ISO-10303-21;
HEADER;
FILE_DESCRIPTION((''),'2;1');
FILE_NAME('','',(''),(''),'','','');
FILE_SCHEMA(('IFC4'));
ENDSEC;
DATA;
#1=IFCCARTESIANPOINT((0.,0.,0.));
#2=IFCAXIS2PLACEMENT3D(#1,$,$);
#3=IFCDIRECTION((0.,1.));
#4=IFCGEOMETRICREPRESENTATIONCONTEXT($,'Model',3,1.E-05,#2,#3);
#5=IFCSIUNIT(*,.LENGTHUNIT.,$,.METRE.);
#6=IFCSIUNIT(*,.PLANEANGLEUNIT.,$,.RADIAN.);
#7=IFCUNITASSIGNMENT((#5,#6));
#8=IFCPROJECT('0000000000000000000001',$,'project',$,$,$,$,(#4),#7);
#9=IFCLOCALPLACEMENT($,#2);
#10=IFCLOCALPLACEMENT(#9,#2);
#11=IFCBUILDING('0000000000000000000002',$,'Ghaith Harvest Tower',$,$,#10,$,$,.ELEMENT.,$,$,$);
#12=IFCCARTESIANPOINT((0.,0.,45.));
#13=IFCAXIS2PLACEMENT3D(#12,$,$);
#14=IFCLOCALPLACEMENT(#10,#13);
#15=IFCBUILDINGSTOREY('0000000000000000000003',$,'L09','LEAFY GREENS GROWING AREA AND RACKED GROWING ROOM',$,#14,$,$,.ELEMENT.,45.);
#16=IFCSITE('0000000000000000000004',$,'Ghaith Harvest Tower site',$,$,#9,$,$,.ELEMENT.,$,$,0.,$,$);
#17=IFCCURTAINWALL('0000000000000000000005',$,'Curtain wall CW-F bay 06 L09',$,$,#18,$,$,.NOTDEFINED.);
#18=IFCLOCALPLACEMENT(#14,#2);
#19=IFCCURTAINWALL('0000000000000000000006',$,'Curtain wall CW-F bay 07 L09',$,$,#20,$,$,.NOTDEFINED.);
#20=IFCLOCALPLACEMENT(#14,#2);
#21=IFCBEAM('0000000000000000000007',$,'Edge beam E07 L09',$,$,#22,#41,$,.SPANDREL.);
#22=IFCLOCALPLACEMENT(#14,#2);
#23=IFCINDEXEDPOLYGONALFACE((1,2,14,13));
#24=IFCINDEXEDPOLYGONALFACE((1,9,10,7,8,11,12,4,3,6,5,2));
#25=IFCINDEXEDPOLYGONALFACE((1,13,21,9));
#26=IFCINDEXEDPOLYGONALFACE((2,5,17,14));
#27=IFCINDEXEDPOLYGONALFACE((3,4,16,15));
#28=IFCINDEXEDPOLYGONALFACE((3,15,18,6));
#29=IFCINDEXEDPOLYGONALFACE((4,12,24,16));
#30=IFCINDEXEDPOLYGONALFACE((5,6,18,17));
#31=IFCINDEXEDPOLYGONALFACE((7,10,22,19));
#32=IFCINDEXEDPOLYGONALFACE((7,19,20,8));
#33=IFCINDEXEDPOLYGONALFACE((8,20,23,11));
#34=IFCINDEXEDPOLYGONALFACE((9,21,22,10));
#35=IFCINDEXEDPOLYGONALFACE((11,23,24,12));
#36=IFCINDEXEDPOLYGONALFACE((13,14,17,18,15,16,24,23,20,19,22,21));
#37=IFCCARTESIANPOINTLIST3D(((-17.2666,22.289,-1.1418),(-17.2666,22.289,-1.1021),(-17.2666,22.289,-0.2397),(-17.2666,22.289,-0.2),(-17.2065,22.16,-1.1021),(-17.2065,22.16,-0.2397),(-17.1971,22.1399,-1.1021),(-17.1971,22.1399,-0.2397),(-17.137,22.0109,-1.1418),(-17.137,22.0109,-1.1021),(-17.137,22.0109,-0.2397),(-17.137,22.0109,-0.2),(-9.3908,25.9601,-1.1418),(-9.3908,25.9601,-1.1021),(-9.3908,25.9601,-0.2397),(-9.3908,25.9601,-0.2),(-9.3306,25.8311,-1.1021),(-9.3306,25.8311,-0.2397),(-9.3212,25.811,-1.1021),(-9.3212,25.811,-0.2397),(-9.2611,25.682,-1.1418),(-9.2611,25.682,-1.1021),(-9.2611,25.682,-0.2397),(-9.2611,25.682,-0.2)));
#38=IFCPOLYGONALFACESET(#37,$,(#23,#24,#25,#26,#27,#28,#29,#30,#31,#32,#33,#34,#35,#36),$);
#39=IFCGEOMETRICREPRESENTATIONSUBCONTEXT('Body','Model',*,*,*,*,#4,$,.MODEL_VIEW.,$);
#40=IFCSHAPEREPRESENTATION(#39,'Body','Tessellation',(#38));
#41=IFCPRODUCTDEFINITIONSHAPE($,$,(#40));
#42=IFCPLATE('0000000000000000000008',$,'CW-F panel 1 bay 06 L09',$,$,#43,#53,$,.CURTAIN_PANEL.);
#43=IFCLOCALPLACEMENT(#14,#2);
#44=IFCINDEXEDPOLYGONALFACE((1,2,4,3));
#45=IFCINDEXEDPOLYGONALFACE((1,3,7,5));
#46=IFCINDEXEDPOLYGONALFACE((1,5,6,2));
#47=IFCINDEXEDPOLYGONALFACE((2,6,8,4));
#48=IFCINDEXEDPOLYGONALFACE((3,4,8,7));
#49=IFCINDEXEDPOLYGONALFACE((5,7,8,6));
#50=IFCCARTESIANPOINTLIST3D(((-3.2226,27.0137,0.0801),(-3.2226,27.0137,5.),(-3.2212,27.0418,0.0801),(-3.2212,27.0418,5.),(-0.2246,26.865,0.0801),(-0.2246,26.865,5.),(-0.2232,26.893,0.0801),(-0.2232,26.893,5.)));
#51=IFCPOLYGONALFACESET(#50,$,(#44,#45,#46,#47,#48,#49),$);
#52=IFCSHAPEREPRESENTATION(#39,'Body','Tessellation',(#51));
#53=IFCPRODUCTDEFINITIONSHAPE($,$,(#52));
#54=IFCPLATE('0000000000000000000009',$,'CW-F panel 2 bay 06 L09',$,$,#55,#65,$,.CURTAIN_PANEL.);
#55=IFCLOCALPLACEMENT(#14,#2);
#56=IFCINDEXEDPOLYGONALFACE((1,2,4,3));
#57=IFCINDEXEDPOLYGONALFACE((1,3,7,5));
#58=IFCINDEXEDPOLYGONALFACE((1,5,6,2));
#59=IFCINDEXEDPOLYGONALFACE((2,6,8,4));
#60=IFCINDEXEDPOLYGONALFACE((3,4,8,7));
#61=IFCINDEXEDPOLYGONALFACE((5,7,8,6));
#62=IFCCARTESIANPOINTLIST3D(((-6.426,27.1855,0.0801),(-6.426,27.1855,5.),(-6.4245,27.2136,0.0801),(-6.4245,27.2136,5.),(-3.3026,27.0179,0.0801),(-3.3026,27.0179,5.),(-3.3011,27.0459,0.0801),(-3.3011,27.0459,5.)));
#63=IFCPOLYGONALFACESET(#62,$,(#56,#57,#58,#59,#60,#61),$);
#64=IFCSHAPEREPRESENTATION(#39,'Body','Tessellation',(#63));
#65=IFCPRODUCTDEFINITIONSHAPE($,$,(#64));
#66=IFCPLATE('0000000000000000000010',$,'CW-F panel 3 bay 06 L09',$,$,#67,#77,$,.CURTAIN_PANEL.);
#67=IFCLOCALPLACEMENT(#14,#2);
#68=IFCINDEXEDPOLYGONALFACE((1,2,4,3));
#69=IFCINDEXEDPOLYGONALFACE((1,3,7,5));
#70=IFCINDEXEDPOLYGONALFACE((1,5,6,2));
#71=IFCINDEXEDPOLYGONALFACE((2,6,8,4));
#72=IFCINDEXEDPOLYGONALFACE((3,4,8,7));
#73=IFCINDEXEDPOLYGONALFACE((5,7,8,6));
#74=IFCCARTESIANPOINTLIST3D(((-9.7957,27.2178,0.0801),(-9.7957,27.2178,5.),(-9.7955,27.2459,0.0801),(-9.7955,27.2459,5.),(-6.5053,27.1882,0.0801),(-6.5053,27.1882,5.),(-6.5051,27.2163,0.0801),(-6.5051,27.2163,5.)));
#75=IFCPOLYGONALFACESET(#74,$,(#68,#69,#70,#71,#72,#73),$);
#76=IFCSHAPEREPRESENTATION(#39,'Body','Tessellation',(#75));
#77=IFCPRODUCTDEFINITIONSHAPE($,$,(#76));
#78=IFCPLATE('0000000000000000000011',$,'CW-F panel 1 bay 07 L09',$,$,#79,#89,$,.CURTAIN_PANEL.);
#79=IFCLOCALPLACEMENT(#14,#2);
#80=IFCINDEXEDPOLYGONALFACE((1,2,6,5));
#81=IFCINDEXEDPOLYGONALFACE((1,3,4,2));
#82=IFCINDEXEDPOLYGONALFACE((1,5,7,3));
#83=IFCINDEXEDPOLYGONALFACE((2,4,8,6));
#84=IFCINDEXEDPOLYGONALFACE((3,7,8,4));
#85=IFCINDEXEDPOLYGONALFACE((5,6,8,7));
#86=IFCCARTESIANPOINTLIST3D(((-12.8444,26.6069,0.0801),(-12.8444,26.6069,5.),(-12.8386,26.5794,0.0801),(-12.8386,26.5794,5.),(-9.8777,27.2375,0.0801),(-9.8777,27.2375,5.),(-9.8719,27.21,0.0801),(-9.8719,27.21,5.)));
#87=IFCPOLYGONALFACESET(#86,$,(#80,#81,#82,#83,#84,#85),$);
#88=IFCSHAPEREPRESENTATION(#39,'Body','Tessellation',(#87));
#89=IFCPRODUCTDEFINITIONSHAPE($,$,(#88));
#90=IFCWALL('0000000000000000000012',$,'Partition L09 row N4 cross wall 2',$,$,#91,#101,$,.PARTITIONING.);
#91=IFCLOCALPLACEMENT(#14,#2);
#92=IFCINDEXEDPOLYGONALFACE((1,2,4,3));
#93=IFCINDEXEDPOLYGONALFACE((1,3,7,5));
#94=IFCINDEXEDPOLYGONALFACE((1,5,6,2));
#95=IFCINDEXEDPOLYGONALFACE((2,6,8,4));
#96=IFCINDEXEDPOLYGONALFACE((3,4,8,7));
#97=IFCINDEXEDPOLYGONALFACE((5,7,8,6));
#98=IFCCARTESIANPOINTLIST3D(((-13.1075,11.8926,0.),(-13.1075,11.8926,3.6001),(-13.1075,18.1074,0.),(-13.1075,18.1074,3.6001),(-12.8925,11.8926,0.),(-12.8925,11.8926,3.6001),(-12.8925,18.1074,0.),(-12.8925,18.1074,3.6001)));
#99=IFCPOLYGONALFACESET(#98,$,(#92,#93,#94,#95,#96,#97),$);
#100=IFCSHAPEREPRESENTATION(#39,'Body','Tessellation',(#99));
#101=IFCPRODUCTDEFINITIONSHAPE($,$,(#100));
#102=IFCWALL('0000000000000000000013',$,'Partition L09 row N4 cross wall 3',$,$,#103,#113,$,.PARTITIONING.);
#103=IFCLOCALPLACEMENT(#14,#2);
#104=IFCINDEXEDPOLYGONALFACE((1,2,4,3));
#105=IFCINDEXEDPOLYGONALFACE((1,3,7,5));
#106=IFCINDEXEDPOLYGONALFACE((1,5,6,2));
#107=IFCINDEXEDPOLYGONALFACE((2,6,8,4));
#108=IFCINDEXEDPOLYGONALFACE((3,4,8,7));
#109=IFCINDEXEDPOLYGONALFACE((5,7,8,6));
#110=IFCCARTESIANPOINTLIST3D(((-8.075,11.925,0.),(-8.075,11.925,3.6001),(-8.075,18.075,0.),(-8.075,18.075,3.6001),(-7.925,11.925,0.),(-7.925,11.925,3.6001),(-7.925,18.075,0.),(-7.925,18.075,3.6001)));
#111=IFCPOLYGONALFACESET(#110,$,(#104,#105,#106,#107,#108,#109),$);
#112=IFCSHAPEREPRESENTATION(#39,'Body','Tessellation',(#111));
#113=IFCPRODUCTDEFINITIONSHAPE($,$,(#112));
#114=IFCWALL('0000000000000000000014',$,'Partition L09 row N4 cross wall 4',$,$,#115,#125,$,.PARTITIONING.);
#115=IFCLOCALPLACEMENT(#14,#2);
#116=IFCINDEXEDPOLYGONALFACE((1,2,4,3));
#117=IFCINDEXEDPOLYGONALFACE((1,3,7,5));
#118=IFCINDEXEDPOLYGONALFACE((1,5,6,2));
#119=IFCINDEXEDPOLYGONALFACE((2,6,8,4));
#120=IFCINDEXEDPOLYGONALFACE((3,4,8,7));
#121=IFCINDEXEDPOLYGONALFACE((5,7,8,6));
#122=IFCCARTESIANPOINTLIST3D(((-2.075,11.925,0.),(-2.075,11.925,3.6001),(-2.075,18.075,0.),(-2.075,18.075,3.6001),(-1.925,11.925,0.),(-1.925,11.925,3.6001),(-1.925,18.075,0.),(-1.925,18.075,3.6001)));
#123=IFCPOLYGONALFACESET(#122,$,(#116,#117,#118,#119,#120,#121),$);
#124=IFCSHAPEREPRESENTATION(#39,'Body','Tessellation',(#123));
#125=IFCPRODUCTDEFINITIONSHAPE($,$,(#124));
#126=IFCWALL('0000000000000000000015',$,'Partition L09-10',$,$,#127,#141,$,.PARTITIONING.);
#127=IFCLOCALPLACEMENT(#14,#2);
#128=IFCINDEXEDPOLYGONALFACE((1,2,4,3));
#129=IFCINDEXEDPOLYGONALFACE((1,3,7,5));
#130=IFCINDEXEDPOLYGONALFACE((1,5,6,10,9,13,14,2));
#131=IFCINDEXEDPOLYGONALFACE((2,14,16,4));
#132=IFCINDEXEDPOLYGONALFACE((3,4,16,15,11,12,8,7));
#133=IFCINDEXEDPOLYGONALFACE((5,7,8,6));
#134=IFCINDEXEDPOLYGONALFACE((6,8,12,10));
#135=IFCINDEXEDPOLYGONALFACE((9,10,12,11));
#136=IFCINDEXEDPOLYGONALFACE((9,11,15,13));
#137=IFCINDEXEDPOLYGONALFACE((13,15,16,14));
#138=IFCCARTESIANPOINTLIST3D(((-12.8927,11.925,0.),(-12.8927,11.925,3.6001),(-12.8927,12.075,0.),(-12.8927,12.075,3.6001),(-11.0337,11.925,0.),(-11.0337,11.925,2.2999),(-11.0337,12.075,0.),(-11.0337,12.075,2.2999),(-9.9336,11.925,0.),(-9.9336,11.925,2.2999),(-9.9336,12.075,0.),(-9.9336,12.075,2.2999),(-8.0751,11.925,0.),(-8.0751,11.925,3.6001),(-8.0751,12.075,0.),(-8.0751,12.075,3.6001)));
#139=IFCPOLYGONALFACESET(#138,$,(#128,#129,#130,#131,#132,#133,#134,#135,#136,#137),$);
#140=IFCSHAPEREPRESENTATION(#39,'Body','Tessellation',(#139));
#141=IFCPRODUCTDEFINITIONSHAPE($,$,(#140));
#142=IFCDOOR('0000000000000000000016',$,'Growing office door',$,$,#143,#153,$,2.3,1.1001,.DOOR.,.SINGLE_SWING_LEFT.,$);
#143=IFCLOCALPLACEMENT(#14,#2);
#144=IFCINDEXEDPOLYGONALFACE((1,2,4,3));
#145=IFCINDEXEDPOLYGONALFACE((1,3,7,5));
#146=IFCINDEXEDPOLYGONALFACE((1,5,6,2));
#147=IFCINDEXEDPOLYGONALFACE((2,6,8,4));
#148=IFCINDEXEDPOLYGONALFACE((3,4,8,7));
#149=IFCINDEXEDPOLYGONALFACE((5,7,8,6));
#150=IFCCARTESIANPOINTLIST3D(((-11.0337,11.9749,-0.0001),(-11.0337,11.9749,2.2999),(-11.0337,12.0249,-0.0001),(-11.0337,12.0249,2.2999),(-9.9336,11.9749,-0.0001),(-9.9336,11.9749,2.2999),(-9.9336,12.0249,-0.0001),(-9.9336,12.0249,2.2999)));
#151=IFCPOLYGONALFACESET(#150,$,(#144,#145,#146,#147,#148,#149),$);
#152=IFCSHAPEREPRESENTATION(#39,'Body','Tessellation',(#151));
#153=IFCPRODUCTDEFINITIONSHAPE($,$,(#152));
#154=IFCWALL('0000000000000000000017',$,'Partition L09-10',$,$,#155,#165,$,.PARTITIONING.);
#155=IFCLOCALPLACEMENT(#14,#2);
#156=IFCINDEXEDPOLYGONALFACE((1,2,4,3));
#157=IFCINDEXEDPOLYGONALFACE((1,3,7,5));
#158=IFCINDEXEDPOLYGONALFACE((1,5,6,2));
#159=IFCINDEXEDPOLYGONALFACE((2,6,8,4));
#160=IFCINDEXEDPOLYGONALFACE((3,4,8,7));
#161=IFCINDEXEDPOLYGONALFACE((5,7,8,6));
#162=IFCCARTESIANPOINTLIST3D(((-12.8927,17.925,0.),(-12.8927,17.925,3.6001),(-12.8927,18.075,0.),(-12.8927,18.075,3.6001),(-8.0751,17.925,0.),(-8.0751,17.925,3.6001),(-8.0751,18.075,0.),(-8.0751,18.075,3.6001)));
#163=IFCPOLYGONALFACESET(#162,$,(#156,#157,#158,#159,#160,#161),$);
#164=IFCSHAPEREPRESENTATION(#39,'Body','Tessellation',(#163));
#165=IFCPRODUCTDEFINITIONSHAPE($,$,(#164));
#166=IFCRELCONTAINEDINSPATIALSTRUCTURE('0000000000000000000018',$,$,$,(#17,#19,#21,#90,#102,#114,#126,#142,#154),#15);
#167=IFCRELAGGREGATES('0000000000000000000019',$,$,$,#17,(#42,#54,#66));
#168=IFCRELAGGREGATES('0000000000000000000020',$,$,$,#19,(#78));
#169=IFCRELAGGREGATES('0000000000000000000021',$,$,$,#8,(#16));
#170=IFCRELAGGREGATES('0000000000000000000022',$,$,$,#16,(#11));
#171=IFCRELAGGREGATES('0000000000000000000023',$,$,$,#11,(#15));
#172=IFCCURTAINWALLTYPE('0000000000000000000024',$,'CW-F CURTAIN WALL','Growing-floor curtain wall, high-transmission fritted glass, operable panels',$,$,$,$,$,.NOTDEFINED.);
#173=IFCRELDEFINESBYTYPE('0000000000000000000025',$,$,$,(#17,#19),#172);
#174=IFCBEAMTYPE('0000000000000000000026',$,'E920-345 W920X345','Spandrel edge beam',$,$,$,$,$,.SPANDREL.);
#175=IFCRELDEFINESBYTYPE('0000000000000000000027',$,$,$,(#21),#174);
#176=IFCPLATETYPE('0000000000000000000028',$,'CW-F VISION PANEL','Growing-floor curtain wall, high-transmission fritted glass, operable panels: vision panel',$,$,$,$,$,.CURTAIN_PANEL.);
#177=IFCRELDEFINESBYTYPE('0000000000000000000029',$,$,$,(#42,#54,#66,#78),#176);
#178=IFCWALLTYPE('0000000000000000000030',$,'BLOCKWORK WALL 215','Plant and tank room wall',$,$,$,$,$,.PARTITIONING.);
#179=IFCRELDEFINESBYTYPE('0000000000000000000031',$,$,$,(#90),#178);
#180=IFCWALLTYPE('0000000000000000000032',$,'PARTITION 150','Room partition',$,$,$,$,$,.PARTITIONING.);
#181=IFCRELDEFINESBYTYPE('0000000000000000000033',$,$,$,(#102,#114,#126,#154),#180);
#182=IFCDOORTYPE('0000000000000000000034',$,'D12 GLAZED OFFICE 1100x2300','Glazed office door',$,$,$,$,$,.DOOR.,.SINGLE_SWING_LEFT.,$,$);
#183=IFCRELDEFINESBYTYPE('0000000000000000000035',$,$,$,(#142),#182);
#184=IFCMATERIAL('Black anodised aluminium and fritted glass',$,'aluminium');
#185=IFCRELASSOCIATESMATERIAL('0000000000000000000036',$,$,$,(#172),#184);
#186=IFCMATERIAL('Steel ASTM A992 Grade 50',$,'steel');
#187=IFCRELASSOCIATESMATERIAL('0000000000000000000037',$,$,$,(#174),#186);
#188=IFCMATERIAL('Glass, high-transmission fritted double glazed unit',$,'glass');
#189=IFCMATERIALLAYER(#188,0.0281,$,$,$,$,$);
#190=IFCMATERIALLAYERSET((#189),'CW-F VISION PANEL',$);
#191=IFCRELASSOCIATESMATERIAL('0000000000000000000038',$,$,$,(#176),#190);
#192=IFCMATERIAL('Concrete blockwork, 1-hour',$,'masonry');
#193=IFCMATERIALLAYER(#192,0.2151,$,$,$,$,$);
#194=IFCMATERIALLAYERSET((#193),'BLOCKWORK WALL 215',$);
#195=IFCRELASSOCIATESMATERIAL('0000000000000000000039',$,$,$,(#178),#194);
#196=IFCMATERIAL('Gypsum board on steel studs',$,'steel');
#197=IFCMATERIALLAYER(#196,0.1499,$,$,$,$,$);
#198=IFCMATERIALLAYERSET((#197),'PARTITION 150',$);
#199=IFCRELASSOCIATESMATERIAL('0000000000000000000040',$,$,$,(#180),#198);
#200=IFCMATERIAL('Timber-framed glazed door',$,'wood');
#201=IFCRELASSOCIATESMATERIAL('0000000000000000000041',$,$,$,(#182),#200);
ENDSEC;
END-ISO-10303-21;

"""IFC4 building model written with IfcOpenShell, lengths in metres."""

from ifc_helpers import new_model, si_unit, direction, frame, frame_2d, origin, origin_2d, place, context, subcontext, project, spatial, rectangle, i_section, extrude, material, layer, layer_set, material_profile, profile_set, type_object, element, fill, aggregate, save


model = new_model("IFC4")

# Units and contexts
model_context = context("Model", 3, precision=1e-05, world=origin(), true_north=direction((0.0, 1.0)))
body_context = subcontext(model_context, "Body", "Model", "MODEL_VIEW")
ifc_project = project(units=[si_unit("LENGTHUNIT", "METRE"), si_unit("PLANEANGLEUNIT", "RADIAN")], contexts=[model_context])

# Site, building, storey
site_placement = place(None, origin())
site = spatial("IfcSite", under=ifc_project, at=site_placement, Name="Ghaith Harvest Tower site", CompositionType="ELEMENT", RefElevation=0.0)
building_placement = place(site_placement, origin())
building = spatial("IfcBuilding", under=site, at=building_placement, Name="Ghaith Harvest Tower", CompositionType="ELEMENT")
storey_placement = place(building_placement, frame((0.0, 0.0, 45.0)))
storey = spatial("IfcBuildingStorey", under=building, at=storey_placement, Name="L09", Description="LEAFY GREENS GROWING AREA AND RACKED GROWING ROOM", CompositionType="ELEMENT", Elevation=45.0)

# Curtain walls
ifc_material_1 = material(Name="Black anodised aluminium and fritted glass", Category="aluminium")
curtain_wall_type = type_object("IfcCurtainWallType", Name="CW-F CURTAIN WALL", Description="Growing-floor curtain wall, high-transmission fritted glass, operable panels", PredefinedType="NOTDEFINED", material=ifc_material_1)
curtain_wall_1_placement = place(storey_placement, origin())
curtain_wall_1 = element("IfcCurtainWall", 1, at=curtain_wall_1_placement, inside=storey, type_object=curtain_wall_type, Name="Curtain wall CW-F bay 06 L09", PredefinedType="NOTDEFINED")
curtain_wall_2_placement = place(storey_placement, origin())
curtain_wall_2 = element("IfcCurtainWall", 2, at=curtain_wall_2_placement, inside=storey, type_object=curtain_wall_type, Name="Curtain wall CW-F bay 07 L09", PredefinedType="NOTDEFINED")

# Beam
ifc_material_2 = material(Name="Steel ASTM A992 Grade 50", Category="steel")
ifc_material_profile_1 = material_profile(ifc_material_2, i_section(OverallWidth=0.3069, OverallDepth=0.9419, WebThickness=0.0222, FlangeThickness=0.0398, at=origin_2d()), Name="W920X345")
ifc_profile_set_1 = profile_set([ifc_material_profile_1], Name="Steel ASTM A992 Grade 50")
beam_type = type_object("IfcBeamType", Name="E920-345 W920X345", Description="Spandrel edge beam", PredefinedType="SPANDREL", material=ifc_profile_set_1)
beam_1_placement = place(storey_placement, frame((-9.3259, 25.821, -0.6709), z_axis=(-0.906373, -0.422478, 0.0), x_axis=(0.422478, -0.906373, 0.0)))
element("IfcBeam", 3, at=beam_1_placement, inside=storey, type_object=beam_type, Name="Edge beam E07 L09", PredefinedType="SPANDREL", context=body_context, shape_type="SweptSolid", body=[
    extrude(i_section(OverallWidth=0.3069, OverallDepth=0.9419, WebThickness=0.0222, FlangeThickness=0.0398, at=origin_2d()), origin(), (0.0, 0.0, 1.0), 8.6895),
])

# Plates
ifc_material_3 = material(Name="Glass, high-transmission fritted double glazed unit", Category="glass")
ifc_layer_1 = layer(ifc_material_3, 0.0281)
ifc_layer_set_1 = layer_set([ifc_layer_1], Name="CW-F VISION PANEL")
plate_type = type_object("IfcPlateType", Name="CW-F VISION PANEL", Description="Growing-floor curtain wall, high-transmission fritted glass, operable panels: vision panel", PredefinedType="CURTAIN_PANEL", material=ifc_layer_set_1)
plate_1_placement = place(storey_placement, frame((-1.7229, 26.9534, 0.0801), z_axis=(0.0, 0.0, 1.0), x_axis=(-0.998771, 0.049554, 0.0)))
plate_1 = element("IfcPlate", 4, at=plate_1_placement, type_object=plate_type, Name="CW-F panel 1 bay 06 L09", PredefinedType="CURTAIN_PANEL", context=body_context, shape_type="SweptSolid", body=[
    extrude(rectangle(XDim=3.0017, YDim=0.0281, at=origin_2d()), origin(), (0.0, 0.0, 1.0), 4.9199),
])
plate_2_placement = place(storey_placement, frame((-4.8635, 27.1157, 0.0801), z_axis=(0.0, 0.0, 1.0), x_axis=(-0.998563, 0.0536, 0.0)))
plate_2 = element("IfcPlate", 5, at=plate_2_placement, type_object=plate_type, Name="CW-F panel 2 bay 06 L09", PredefinedType="CURTAIN_PANEL", context=body_context, shape_type="SweptSolid", body=[
    extrude(rectangle(XDim=3.1279, YDim=0.0281, at=origin_2d()), origin(), (0.0, 0.0, 1.0), 4.9199),
])
plate_3_placement = place(storey_placement, frame((-8.1504, 27.217, 0.0801), z_axis=(0.0, 0.0, 1.0), x_axis=(-0.99996, 0.008988, 0.0)))
plate_3 = element("IfcPlate", 6, at=plate_3_placement, type_object=plate_type, Name="CW-F panel 3 bay 06 L09", PredefinedType="CURTAIN_PANEL", context=body_context, shape_type="SweptSolid", body=[
    extrude(rectangle(XDim=3.2905, YDim=0.0281, at=origin_2d()), origin(), (0.0, 0.0, 1.0), 4.9199),
])
aggregate(curtain_wall_1, [plate_1, plate_2, plate_3])
plate_4_placement = place(storey_placement, frame((-11.3582, 26.9084, 0.0801), z_axis=(0.0, 0.0, 1.0), x_axis=(-0.978149, -0.207904, 0.0)))
plate_4 = element("IfcPlate", 7, at=plate_4_placement, type_object=plate_type, Name="CW-F panel 1 bay 07 L09", PredefinedType="CURTAIN_PANEL", context=body_context, shape_type="SweptSolid", body=[
    extrude(rectangle(XDim=3.033, YDim=0.0281, at=origin_2d()), origin(), (0.0, 0.0, 1.0), 4.9199),
])
aggregate(curtain_wall_2, [plate_4])

# Walls
ifc_material_4 = material(Name="Concrete blockwork, 1-hour", Category="masonry")
ifc_layer_2 = layer(ifc_material_4, 0.2151)
ifc_layer_set_2 = layer_set([ifc_layer_2], Name="BLOCKWORK WALL 215")
wall_type_1 = type_object("IfcWallType", Name="BLOCKWORK WALL 215", Description="Plant and tank room wall", PredefinedType="PARTITIONING", material=ifc_layer_set_2)
wall_1_placement = place(storey_placement, frame((-13.0, 11.8926, 0.0), z_axis=(0.0, 0.0, 1.0), x_axis=(0.0, 1.0, 0.0)))
element("IfcWall", 8, at=wall_1_placement, inside=storey, type_object=wall_type_1, Name="Partition L09 row N4 cross wall 2", PredefinedType="PARTITIONING", context=body_context, shape_type="SweptSolid", body=[
    extrude(rectangle(XDim=6.2148, YDim=0.2151, at=frame_2d((3.1074, 0.0))), origin(), (0.0, 0.0, 1.0), 3.6001),
])
ifc_material_5 = material(Name="Gypsum board on steel studs", Category="steel")
ifc_layer_3 = layer(ifc_material_5, 0.1499)
ifc_layer_set_3 = layer_set([ifc_layer_3], Name="PARTITION 150")
wall_type_2 = type_object("IfcWallType", Name="PARTITION 150", Description="Room partition", PredefinedType="PARTITIONING", material=ifc_layer_set_3)
for number, where, z_axis, x_axis, name in (
    (9, (-8.0, 11.925, 0.0), (0.0, 0.0, 1.0), (0.0, 1.0, 0.0), "Partition L09 row N4 cross wall 3"),
    (10, (-2.0, 11.925, 0.0), (0.0, 0.0, 1.0), (0.0, 1.0, 0.0), "Partition L09 row N4 cross wall 4"),
):
    element("IfcWall", number, at=place(storey_placement, frame(where, z_axis=z_axis, x_axis=x_axis)), inside=storey, type_object=wall_type_2, Name=name, PredefinedType="PARTITIONING", context=body_context, shape_type="SweptSolid", body=[
        extrude(rectangle(XDim=6.1499, YDim=0.1499, at=frame_2d((3.075, 0.0))), origin(), (0.0, 0.0, 1.0), 3.6001),
    ])

# Wall, opening, door
wall_2_placement = place(storey_placement, frame((-12.8926, 12.0, 0.0), z_axis=(0.0, 0.0, 1.0), x_axis=(1.0, 0.0, 0.0)))
wall_2 = element("IfcWall", 11, at=wall_2_placement, inside=storey, type_object=wall_type_2, Name="Partition L09-10", PredefinedType="PARTITIONING", context=body_context, shape_type="SweptSolid", body=[
    extrude(rectangle(XDim=4.8176, YDim=0.1499, at=frame_2d((2.4087, 0.0))), origin(), (0.0, 0.0, 1.0), 3.6001),
])
opening_1_placement = place(wall_2_placement, frame((1.8589, 0.0, 0.0)))
opening_1 = element("IfcOpeningElement", 12, at=opening_1_placement, cuts=wall_2, PredefinedType="OPENING", context=body_context, shape_type="SweptSolid", body=[
    extrude(rectangle(XDim=1.1001, YDim=2.3, at=frame_2d((0.55, 1.1499))), frame((0.0, 0.085, 0.0), z_axis=(0.0, -1.0, 0.0), x_axis=(1.0, 0.0, 0.0)), (0.0, 0.0, 1.0), 0.1699),
])
ifc_material_6 = material(Name="Timber-framed glazed door", Category="wood")
door_type_1 = type_object("IfcDoorType", Name="D12 GLAZED OFFICE 1100x2300", Description="Glazed office door", OperationType="SINGLE_SWING_LEFT", PredefinedType="DOOR", material=ifc_material_6)
door_1_placement = place(opening_1_placement, origin())
door_1 = element("IfcDoor", 13, at=door_1_placement, inside=storey, type_object=door_type_1, Name="Growing office door", OperationType="SINGLE_SWING_LEFT", OverallHeight=2.3, OverallWidth=1.1001, PredefinedType="DOOR", context=body_context, shape_type="SweptSolid", body=[
    extrude(rectangle(XDim=1.1001, YDim=2.3, at=frame_2d((0.55, 1.1499))), frame((0.0, 0.0249, 0.0), z_axis=(0.0, -1.0, 0.0), x_axis=(1.0, 0.0, 0.0)), (0.0, 0.0, 1.0), 0.05),
])
fill(opening_1, door_1)

# Wall
wall_3_placement = place(storey_placement, frame((-12.8926, 18.0, 0.0), z_axis=(0.0, 0.0, 1.0), x_axis=(1.0, 0.0, 0.0)))
element("IfcWall", 14, at=wall_3_placement, inside=storey, type_object=wall_type_2, Name="Partition L09-10", PredefinedType="PARTITIONING", context=body_context, shape_type="SweptSolid", body=[
    extrude(rectangle(XDim=4.8176, YDim=0.1499, at=frame_2d((2.4087, 0.0))), origin(), (0.0, 0.0, 1.0), 3.6001),
])

save(model, "model.ifc")
